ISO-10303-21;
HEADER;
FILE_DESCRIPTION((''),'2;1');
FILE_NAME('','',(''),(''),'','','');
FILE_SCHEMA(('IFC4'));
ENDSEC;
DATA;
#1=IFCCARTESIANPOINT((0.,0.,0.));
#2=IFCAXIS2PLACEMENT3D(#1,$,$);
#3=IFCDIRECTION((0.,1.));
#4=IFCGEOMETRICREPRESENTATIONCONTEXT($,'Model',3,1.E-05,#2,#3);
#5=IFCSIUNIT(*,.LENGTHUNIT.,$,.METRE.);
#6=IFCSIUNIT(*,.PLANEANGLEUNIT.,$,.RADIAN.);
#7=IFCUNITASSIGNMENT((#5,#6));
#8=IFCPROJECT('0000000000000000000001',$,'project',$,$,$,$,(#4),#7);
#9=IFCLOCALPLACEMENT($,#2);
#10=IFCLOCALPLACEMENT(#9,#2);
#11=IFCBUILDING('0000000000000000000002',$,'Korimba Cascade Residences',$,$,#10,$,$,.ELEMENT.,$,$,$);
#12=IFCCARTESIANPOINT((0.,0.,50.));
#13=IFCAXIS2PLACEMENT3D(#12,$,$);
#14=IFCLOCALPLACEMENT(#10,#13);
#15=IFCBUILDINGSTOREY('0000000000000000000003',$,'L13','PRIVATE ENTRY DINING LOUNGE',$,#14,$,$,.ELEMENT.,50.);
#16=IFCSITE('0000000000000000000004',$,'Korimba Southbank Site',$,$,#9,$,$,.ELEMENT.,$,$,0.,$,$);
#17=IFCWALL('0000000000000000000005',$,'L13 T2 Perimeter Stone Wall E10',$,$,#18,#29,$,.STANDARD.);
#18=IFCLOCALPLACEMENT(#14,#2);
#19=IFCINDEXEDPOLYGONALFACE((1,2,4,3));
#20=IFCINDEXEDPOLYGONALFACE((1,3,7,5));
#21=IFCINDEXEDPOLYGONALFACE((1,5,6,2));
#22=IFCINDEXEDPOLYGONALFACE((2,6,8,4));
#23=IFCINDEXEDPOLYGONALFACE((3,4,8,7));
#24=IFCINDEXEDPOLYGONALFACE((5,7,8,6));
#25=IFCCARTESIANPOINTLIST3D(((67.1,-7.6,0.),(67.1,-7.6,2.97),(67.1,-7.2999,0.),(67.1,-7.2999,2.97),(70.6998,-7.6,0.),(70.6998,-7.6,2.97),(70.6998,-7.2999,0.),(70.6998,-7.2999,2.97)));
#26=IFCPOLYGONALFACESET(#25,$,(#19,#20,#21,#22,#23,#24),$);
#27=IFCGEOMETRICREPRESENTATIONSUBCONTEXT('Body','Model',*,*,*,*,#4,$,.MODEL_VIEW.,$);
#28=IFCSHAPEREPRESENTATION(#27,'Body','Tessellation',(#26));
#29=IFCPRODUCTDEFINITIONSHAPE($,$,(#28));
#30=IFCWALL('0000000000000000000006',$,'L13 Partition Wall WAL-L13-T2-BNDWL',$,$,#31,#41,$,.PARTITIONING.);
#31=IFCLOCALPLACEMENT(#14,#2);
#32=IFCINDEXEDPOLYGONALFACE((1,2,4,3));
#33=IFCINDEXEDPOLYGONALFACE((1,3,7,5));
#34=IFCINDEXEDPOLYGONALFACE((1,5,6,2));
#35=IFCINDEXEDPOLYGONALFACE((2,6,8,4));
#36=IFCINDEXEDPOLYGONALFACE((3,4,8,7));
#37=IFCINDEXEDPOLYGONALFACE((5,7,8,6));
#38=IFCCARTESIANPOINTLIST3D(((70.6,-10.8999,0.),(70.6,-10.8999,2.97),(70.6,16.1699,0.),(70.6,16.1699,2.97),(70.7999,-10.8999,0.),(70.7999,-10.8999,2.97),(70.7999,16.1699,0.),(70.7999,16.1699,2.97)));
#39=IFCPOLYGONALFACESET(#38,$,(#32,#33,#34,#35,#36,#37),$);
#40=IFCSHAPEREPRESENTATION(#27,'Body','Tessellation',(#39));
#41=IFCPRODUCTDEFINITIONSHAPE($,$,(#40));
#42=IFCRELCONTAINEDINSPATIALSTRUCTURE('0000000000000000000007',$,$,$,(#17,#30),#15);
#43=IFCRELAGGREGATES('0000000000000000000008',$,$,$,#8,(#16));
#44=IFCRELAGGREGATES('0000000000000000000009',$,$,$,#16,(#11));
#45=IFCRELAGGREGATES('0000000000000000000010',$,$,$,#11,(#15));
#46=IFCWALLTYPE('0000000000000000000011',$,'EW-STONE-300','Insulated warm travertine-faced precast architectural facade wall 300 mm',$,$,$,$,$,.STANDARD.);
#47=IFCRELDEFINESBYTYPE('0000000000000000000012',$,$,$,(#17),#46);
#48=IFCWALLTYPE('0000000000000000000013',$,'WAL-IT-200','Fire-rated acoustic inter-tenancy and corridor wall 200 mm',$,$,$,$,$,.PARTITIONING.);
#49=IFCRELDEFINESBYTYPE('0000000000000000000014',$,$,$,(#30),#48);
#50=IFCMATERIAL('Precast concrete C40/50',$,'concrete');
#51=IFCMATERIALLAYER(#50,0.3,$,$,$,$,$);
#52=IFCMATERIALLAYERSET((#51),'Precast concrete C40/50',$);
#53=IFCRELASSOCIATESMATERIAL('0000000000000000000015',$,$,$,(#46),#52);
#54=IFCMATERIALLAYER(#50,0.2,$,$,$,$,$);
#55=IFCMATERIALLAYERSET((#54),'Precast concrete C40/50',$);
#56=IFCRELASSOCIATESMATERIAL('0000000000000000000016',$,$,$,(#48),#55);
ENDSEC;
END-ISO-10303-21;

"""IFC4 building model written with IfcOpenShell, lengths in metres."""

from ifc_helpers import new_model, si_unit, direction, frame, frame_2d, origin, place, context, subcontext, project, spatial, rectangle, extrude, material, layer, layer_set, type_object, element, save


model = new_model("IFC4")

# Units and contexts
model_context = context("Model", 3, precision=1e-05, world=origin(), true_north=direction((0.0, 1.0)))
body_context = subcontext(model_context, "Body", "Model", "MODEL_VIEW")
ifc_project = project(units=[si_unit("LENGTHUNIT", "METRE"), si_unit("PLANEANGLEUNIT", "RADIAN")], contexts=[model_context])

# Site, building, storey
site_placement = place(None, origin())
site = spatial("IfcSite", under=ifc_project, at=site_placement, Name="Korimba Southbank Site", CompositionType="ELEMENT", RefElevation=0.0)
building_placement = place(site_placement, origin())
building = spatial("IfcBuilding", under=site, at=building_placement, Name="Korimba Cascade Residences", CompositionType="ELEMENT")
storey_placement = place(building_placement, frame((0.0, 0.0, 50.0)))
storey = spatial("IfcBuildingStorey", under=building, at=storey_placement, Name="L13", Description="PRIVATE ENTRY DINING LOUNGE", CompositionType="ELEMENT", Elevation=50.0)

# Shared definitions
ifc_material_1 = material(Name="Precast concrete C40/50", Category="concrete")

# Walls
ifc_layer_1 = layer(ifc_material_1, 0.3)
ifc_layer_set_1 = layer_set([ifc_layer_1], Name="Precast concrete C40/50")
wall_type_1 = type_object("IfcWallType", Name="EW-STONE-300", Description="Insulated warm travertine-faced precast architectural facade wall 300 mm", PredefinedType="STANDARD", material=ifc_layer_set_1)
wall_1_placement = place(storey_placement, frame((67.1001, -7.45, 0.0), z_axis=(0.0, 0.0, 1.0), x_axis=(1.0, 0.0, 0.0)))
element("IfcWall", 1, at=wall_1_placement, inside=storey, type_object=wall_type_1, Name="L13 T2 Perimeter Stone Wall E10", PredefinedType="STANDARD", context=body_context, shape_type="SweptSolid", body=[
    extrude(rectangle(XDim=3.5999, YDim=0.3, at=frame_2d((1.7998, 0.0))), origin(), (0.0, 0.0, 1.0), 2.97),
])
ifc_layer_2 = layer(ifc_material_1, 0.2)
ifc_layer_set_2 = layer_set([ifc_layer_2], Name="Precast concrete C40/50")
wall_type_2 = type_object("IfcWallType", Name="WAL-IT-200", Description="Fire-rated acoustic inter-tenancy and corridor wall 200 mm", PredefinedType="PARTITIONING", material=ifc_layer_set_2)
wall_2_placement = place(storey_placement, frame((70.7, -10.8999, 0.0), z_axis=(0.0, 0.0, 1.0), x_axis=(0.0, 1.0, 0.0)))
element("IfcWall", 2, at=wall_2_placement, inside=storey, type_object=wall_type_2, Name="L13 Partition Wall WAL-L13-T2-BNDWL", PredefinedType="PARTITIONING", context=body_context, shape_type="SweptSolid", body=[
    extrude(rectangle(XDim=27.0698, YDim=0.2, at=frame_2d((13.5349, 0.0))), origin(), (0.0, 0.0, 1.0), 2.97),
])

save(model, "model.ifc")
